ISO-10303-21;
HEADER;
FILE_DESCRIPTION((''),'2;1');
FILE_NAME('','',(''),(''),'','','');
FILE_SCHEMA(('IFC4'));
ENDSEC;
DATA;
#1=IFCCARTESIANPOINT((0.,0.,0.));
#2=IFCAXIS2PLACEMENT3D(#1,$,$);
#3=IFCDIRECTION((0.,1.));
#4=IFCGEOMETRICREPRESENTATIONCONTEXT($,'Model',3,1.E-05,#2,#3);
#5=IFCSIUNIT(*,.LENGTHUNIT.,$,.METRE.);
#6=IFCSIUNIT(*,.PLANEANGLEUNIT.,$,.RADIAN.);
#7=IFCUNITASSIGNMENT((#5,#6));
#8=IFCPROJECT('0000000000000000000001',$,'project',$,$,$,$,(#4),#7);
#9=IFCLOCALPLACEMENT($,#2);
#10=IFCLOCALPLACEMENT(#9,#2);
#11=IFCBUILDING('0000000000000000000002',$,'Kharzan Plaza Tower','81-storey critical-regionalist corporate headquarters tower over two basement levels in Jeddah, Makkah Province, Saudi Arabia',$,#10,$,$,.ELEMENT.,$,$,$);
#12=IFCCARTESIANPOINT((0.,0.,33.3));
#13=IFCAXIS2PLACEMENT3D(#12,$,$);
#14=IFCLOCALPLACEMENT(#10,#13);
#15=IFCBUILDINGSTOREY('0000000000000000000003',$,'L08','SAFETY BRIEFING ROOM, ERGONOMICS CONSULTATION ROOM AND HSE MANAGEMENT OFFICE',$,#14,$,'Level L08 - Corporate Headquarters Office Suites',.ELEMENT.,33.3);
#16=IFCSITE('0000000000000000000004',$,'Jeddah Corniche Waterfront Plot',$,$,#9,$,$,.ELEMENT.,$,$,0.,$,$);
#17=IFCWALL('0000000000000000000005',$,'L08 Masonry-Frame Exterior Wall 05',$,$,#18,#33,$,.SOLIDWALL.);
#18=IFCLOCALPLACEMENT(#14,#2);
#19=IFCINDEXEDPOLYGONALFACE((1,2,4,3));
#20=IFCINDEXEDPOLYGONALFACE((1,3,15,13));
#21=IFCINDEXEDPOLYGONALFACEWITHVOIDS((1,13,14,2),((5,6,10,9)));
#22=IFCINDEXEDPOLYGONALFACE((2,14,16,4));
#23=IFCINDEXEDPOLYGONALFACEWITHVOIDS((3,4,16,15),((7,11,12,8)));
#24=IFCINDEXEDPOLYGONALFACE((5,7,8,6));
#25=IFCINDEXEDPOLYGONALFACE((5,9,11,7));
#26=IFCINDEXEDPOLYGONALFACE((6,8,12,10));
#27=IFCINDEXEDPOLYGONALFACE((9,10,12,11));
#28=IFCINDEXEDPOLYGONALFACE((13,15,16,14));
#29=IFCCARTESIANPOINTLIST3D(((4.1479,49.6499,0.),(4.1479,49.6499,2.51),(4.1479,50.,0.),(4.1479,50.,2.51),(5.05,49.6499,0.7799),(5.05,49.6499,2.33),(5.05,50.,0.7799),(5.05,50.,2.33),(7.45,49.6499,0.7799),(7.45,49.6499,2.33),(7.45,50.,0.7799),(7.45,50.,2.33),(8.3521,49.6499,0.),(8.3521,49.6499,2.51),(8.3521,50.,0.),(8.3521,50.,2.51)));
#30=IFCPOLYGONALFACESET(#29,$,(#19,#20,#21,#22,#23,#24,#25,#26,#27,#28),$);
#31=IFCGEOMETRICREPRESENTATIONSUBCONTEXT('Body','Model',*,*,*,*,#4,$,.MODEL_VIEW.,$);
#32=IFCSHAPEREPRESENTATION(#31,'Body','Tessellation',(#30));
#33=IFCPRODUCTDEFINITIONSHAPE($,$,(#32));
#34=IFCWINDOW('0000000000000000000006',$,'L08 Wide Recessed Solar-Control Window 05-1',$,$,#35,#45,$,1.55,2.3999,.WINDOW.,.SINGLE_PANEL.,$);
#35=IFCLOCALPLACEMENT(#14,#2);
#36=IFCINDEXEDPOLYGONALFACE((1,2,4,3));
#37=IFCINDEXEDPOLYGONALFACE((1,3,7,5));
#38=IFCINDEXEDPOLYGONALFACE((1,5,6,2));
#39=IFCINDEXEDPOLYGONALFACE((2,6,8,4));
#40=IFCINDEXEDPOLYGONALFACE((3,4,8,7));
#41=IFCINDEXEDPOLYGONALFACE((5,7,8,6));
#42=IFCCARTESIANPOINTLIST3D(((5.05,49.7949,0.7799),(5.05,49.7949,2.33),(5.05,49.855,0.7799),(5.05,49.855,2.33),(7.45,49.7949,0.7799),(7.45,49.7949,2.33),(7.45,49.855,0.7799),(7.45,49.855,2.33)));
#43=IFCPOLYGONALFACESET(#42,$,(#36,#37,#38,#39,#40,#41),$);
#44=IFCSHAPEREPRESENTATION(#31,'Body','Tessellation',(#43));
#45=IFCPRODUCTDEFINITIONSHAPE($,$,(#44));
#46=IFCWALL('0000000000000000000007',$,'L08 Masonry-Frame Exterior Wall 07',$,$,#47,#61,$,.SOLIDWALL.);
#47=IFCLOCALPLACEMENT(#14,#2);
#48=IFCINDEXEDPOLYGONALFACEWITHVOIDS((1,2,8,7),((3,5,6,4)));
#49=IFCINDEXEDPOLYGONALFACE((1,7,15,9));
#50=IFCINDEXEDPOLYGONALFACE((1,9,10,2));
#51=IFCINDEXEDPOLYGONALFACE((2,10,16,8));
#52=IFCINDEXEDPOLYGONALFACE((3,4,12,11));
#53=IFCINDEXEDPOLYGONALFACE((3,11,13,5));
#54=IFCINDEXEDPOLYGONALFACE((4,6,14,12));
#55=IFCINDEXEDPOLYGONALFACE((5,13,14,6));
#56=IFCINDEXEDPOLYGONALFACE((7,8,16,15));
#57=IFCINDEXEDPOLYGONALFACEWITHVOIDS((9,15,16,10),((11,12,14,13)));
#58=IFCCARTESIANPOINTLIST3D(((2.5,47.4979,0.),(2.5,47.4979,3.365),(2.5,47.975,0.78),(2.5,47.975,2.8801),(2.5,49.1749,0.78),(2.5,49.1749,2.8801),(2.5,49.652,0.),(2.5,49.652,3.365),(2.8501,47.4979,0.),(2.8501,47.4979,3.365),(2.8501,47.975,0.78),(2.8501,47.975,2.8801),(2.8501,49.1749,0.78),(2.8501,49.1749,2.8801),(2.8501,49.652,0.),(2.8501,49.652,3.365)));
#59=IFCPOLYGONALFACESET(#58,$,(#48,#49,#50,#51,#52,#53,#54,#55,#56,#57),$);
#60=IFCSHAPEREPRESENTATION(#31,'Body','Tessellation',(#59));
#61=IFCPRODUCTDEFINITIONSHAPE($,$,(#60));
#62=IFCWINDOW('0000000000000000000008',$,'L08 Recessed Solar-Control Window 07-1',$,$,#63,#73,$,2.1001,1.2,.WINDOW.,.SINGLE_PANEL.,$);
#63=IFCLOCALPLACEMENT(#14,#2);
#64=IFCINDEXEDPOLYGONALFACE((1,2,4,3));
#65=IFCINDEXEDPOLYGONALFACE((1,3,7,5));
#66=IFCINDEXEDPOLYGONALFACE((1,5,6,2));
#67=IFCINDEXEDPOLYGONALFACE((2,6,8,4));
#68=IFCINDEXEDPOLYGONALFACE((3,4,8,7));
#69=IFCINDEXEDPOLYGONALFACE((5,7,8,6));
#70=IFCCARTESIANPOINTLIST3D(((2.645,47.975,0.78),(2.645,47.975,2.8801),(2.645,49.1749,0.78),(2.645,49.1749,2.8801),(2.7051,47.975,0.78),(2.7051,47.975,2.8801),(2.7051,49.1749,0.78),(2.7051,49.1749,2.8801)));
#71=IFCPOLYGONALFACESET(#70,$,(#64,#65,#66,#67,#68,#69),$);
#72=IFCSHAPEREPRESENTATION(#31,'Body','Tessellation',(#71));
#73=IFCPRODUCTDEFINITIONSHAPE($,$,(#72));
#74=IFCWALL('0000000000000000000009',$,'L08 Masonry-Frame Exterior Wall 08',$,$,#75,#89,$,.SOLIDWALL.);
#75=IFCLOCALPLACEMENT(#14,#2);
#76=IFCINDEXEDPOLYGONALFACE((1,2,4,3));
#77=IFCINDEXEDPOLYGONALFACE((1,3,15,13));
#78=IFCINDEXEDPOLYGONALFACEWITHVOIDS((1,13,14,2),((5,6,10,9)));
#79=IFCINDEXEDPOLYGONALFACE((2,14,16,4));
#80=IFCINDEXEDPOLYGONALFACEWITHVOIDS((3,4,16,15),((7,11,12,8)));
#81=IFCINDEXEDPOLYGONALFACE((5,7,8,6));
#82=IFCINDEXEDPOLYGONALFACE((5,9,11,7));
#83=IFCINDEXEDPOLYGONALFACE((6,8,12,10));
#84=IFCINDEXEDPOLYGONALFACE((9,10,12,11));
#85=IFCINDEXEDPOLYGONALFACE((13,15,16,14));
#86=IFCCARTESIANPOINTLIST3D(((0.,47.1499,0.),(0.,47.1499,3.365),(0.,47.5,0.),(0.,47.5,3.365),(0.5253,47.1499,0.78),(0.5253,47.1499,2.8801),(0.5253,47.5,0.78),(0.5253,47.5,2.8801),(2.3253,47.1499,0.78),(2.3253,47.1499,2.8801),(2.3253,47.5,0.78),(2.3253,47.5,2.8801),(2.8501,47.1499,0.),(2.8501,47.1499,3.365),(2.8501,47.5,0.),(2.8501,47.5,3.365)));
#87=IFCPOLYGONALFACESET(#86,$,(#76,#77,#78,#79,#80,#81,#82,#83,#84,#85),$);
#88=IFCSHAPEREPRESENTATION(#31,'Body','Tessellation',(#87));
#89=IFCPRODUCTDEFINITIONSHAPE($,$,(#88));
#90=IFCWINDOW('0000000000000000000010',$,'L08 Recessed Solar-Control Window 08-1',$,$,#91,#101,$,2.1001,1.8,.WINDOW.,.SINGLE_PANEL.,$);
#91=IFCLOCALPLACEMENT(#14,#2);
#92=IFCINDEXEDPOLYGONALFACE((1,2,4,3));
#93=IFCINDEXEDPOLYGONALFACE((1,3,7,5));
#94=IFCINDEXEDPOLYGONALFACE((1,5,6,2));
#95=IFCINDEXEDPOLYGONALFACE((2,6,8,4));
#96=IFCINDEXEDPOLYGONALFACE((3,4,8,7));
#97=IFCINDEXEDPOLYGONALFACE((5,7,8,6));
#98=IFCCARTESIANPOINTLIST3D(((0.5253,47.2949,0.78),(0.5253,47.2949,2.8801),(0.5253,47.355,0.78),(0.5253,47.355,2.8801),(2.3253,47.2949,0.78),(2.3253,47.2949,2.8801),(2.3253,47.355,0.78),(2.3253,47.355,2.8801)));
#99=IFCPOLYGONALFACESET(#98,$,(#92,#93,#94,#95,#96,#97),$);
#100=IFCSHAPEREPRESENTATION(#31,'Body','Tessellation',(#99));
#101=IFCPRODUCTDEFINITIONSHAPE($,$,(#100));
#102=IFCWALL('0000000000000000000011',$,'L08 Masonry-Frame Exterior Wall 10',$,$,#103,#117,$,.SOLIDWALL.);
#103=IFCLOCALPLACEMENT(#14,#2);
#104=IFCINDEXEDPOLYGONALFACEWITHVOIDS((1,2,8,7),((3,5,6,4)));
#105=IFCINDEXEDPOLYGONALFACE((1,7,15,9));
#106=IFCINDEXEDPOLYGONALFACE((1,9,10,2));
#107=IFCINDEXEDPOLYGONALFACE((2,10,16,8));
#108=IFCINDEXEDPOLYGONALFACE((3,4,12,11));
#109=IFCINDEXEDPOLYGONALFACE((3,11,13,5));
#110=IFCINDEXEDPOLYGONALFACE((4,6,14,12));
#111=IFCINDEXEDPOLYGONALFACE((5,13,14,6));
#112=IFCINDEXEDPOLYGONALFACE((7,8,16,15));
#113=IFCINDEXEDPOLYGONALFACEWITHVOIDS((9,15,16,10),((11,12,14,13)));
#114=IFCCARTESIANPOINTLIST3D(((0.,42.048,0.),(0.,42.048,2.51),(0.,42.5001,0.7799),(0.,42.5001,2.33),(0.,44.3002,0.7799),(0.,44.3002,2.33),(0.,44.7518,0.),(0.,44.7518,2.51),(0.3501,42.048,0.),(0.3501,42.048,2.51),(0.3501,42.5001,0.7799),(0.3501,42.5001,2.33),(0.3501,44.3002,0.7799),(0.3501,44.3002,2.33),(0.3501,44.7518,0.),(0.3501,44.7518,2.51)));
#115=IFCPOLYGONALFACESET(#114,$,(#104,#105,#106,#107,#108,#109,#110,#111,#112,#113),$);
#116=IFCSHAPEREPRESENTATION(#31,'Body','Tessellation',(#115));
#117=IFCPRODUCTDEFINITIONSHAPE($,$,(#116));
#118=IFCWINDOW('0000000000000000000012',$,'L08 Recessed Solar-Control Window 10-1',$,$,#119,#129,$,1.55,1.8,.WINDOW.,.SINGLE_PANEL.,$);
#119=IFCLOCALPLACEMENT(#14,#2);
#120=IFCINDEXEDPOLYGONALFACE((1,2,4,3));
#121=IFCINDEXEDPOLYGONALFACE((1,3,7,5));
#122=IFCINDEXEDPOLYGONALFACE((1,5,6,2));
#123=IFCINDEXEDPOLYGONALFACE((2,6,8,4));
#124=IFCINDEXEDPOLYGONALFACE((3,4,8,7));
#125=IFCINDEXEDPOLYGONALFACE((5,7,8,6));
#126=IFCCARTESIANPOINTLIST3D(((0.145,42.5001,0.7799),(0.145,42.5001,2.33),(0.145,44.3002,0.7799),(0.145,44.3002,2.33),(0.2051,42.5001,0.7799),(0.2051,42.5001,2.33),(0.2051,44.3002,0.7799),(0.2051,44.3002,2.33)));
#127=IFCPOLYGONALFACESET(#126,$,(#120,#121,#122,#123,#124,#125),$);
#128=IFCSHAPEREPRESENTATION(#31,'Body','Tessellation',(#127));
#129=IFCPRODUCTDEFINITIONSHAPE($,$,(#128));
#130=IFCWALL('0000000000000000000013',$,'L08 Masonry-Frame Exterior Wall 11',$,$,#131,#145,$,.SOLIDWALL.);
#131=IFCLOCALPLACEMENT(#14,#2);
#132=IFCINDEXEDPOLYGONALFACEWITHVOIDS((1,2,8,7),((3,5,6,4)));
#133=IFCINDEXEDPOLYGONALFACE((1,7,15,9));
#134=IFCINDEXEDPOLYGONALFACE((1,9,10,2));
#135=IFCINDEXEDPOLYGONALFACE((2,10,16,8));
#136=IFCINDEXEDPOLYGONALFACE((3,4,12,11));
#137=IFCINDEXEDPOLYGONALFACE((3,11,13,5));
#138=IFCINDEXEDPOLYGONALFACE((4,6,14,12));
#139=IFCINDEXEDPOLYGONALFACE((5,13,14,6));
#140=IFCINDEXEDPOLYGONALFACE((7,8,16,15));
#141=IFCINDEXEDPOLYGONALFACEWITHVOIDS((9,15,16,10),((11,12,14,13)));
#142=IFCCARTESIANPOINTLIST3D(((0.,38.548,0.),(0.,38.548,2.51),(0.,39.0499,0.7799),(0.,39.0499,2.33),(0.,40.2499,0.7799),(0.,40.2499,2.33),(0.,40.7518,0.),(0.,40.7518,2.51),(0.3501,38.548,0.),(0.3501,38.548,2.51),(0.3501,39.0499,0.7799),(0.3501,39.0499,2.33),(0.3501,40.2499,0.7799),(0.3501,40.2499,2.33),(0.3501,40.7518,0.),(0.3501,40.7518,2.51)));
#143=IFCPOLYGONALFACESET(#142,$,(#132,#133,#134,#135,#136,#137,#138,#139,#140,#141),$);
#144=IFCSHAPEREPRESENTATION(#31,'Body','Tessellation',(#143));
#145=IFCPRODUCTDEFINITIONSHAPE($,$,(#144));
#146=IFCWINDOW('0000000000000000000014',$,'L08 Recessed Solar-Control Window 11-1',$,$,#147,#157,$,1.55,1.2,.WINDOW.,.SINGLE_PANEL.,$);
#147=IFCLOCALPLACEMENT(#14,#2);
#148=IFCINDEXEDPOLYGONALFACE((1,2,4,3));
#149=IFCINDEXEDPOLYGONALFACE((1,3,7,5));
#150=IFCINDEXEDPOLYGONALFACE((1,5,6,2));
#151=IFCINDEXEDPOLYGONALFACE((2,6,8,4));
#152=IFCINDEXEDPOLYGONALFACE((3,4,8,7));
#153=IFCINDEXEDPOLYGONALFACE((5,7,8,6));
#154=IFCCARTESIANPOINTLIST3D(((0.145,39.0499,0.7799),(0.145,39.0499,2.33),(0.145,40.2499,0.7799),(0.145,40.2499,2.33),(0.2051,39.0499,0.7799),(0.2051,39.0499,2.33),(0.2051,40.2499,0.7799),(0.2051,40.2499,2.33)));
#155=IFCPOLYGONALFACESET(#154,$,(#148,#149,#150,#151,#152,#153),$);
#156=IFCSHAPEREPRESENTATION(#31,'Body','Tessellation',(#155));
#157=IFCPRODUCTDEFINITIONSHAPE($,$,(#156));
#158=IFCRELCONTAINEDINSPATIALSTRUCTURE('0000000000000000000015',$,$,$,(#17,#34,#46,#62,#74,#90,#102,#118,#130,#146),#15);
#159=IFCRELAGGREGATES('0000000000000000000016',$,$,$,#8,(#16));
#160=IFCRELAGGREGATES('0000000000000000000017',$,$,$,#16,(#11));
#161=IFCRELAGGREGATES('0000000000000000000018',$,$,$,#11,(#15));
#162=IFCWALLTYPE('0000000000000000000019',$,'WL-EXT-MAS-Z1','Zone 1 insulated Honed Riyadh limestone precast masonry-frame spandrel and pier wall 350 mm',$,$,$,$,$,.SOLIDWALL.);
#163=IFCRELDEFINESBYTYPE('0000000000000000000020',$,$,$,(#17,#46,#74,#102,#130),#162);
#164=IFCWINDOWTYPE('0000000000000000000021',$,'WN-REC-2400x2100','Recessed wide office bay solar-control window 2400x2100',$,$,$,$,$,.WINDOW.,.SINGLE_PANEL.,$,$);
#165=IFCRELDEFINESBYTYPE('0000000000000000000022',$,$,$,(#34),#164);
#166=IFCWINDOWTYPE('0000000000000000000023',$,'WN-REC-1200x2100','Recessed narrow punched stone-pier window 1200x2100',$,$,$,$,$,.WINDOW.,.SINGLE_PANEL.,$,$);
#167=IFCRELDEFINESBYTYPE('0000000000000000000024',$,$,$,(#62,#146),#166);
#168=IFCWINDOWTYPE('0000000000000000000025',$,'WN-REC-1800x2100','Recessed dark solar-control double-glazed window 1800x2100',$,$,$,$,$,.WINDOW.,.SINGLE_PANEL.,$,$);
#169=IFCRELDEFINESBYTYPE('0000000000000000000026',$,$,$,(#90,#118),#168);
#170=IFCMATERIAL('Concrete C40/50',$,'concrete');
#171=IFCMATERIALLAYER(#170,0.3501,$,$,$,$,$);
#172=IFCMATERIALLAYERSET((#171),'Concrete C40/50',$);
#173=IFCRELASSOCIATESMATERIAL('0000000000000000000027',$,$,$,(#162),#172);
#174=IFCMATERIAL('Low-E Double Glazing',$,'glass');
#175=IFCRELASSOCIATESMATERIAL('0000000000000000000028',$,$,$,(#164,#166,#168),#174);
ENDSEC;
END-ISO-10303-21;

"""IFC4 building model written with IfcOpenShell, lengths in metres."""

from ifc_helpers import new_model, si_unit, direction, frame, frame_2d, origin, place, context, subcontext, project, spatial, rectangle, extrude, source, transform, mapped, material, layer, layer_set, type_object, element, fill, save


model = new_model("IFC4")

# Units and contexts
model_context = context("Model", 3, precision=1e-05, world=origin(), true_north=direction((0.0, 1.0)))
body_context = subcontext(model_context, "Body", "Model", "MODEL_VIEW")
ifc_project = project(units=[si_unit("LENGTHUNIT", "METRE"), si_unit("PLANEANGLEUNIT", "RADIAN")], contexts=[model_context])

# Site, building, storey
site_placement = place(None, origin())
site = spatial("IfcSite", under=ifc_project, at=site_placement, Name="Jeddah Corniche Waterfront Plot", CompositionType="ELEMENT", RefElevation=0.0)
building_placement = place(site_placement, origin())
building = spatial("IfcBuilding", under=site, at=building_placement, Name="Kharzan Plaza Tower", Description="81-storey critical-regionalist corporate headquarters tower over two basement levels in Jeddah, Makkah Province, Saudi Arabia", CompositionType="ELEMENT")
storey_placement = place(building_placement, frame((0.0, 0.0, 33.3)))
storey = spatial("IfcBuildingStorey", under=building, at=storey_placement, Name="L08", Description="SAFETY BRIEFING ROOM, ERGONOMICS CONSULTATION ROOM AND HSE MANAGEMENT OFFICE", LongName="Level L08 - Corporate Headquarters Office Suites", CompositionType="ELEMENT", Elevation=33.3)

# Walls, openings, windows
ifc_material_1 = material(Name="Concrete C40/50", Category="concrete")
ifc_layer_1 = layer(ifc_material_1, 0.3501)
ifc_layer_set_1 = layer_set([ifc_layer_1], Name="Concrete C40/50")
wall_type_1 = type_object("IfcWallType", Name="WL-EXT-MAS-Z1", Description="Zone 1 insulated Honed Riyadh limestone precast masonry-frame spandrel and pier wall 350 mm", PredefinedType="SOLIDWALL", material=ifc_layer_set_1)
wall_1_placement = place(storey_placement, frame((8.3521, 49.825, 0.0), z_axis=(0.0, 0.0, 1.0), x_axis=(-1.0, 0.0, 0.0)))
wall_1 = element("IfcWall", 1, at=wall_1_placement, inside=storey, type_object=wall_type_1, Name="L08 Masonry-Frame Exterior Wall 05", PredefinedType="SOLIDWALL", context=body_context, shape_type="SweptSolid", body=[
    extrude(rectangle(XDim=4.2041, YDim=0.3501, at=frame_2d((2.1021, 0.0))), origin(), (0.0, 0.0, 1.0), 2.51),
])
opening_1_placement = place(wall_1_placement, frame((0.9021, 0.0, 0.78)))
opening_1 = element("IfcOpeningElement", 2, at=opening_1_placement, cuts=wall_1, PredefinedType="OPENING", context=body_context, shape_type="SweptSolid", body=[
    extrude(rectangle(XDim=2.3999, YDim=1.55, at=frame_2d((1.2, 0.7749))), frame((0.0, 0.1851, 0.0), z_axis=(0.0, -1.0, 0.0), x_axis=(1.0, 0.0, 0.0)), (0.0, 0.0, 1.0), 0.3701),
])
ifc_material_2 = material(Name="Low-E Double Glazing", Category="glass")
window_type_1 = type_object("IfcWindowType", Name="WN-REC-2400x2100", Description="Recessed wide office bay solar-control window 2400x2100", PartitioningType="SINGLE_PANEL", PredefinedType="WINDOW", material=ifc_material_2)
shared_shape_1 = source(origin(), body_context, "Body", "SweptSolid", [
    extrude(rectangle(XDim=2.3999, YDim=1.55, at=frame_2d((1.2, 0.7749))), frame((0.0, 0.03, 0.0), z_axis=(0.0, -1.0, 0.0), x_axis=(1.0, 0.0, 0.0)), (0.0, 0.0, 1.0), 0.0601),
])
window_1_placement = place(opening_1_placement, origin())
window_1 = element("IfcWindow", 3, at=window_1_placement, inside=storey, type_object=window_type_1, Name="L08 Wide Recessed Solar-Control Window 05-1", OverallHeight=1.55, OverallWidth=2.3999, PartitioningType="SINGLE_PANEL", PredefinedType="WINDOW", context=body_context, shape_type="MappedRepresentation", body=[
    mapped(shared_shape_1, transform((0.0, 0.0, 0.0), x_axis=(1.0, 0.0, 0.0), y_axis=(0.0, 1.0, 0.0), z_axis=(0.0, 0.0, 1.0))),
])
fill(opening_1, window_1)
wall_2_placement = place(storey_placement, frame((2.675, 49.6521, 0.0), z_axis=(0.0, 0.0, 1.0), x_axis=(0.0, -1.0, 0.0)))
wall_2 = element("IfcWall", 4, at=wall_2_placement, inside=storey, type_object=wall_type_1, Name="L08 Masonry-Frame Exterior Wall 07", PredefinedType="SOLIDWALL", context=body_context, shape_type="SweptSolid", body=[
    extrude(rectangle(XDim=2.1541, YDim=0.3501, at=frame_2d((1.0771, 0.0))), origin(), (0.0, 0.0, 1.0), 3.365),
])
opening_2_placement = place(wall_2_placement, frame((0.4771, 0.0, 0.78)))
opening_2 = element("IfcOpeningElement", 5, at=opening_2_placement, cuts=wall_2, PredefinedType="OPENING", context=body_context, shape_type="SweptSolid", body=[
    extrude(rectangle(XDim=1.2, YDim=2.1001, at=frame_2d((0.6001, 1.05))), frame((0.0, 0.1851, 0.0), z_axis=(0.0, -1.0, 0.0), x_axis=(1.0, 0.0, 0.0)), (0.0, 0.0, 1.0), 0.3701),
])
window_type_2 = type_object("IfcWindowType", Name="WN-REC-1200x2100", Description="Recessed narrow punched stone-pier window 1200x2100", PartitioningType="SINGLE_PANEL", PredefinedType="WINDOW", material=ifc_material_2)
shared_shape_2 = source(origin(), body_context, "Body", "SweptSolid", [
    extrude(rectangle(XDim=1.2, YDim=2.1001, at=frame_2d((0.6001, 1.05))), frame((0.0, 0.03, 0.0), z_axis=(0.0, -1.0, 0.0), x_axis=(1.0, 0.0, 0.0)), (0.0, 0.0, 1.0), 0.0601),
])
window_2_placement = place(opening_2_placement, origin())
window_2 = element("IfcWindow", 6, at=window_2_placement, inside=storey, type_object=window_type_2, Name="L08 Recessed Solar-Control Window 07-1", OverallHeight=2.1001, OverallWidth=1.2, PartitioningType="SINGLE_PANEL", PredefinedType="WINDOW", context=body_context, shape_type="MappedRepresentation", body=[
    mapped(shared_shape_2, transform((0.0, 0.0, 0.0), x_axis=(1.0, 0.0, 0.0), y_axis=(0.0, 1.0, 0.0), z_axis=(0.0, 0.0, 1.0))),
])
fill(opening_2, window_2)
wall_3_placement = place(storey_placement, frame((2.8501, 47.325, 0.0), z_axis=(0.0, 0.0, 1.0), x_axis=(-1.0, 0.0, 0.0)))
wall_3 = element("IfcWall", 7, at=wall_3_placement, inside=storey, type_object=wall_type_1, Name="L08 Masonry-Frame Exterior Wall 08", PredefinedType="SOLIDWALL", context=body_context, shape_type="SweptSolid", body=[
    extrude(rectangle(XDim=2.8501, YDim=0.3501, at=frame_2d((1.425, 0.0))), origin(), (0.0, 0.0, 1.0), 3.365),
])
opening_3_placement = place(wall_3_placement, frame((0.5249, 0.0, 0.78)))
opening_3 = element("IfcOpeningElement", 8, at=opening_3_placement, cuts=wall_3, PredefinedType="OPENING", context=body_context, shape_type="SweptSolid", body=[
    extrude(rectangle(XDim=1.8, YDim=2.1001, at=frame_2d((0.8999, 1.05))), frame((0.0, 0.1851, 0.0), z_axis=(0.0, -1.0, 0.0), x_axis=(1.0, 0.0, 0.0)), (0.0, 0.0, 1.0), 0.3701),
])
window_type_3 = type_object("IfcWindowType", Name="WN-REC-1800x2100", Description="Recessed dark solar-control double-glazed window 1800x2100", PartitioningType="SINGLE_PANEL", PredefinedType="WINDOW", material=ifc_material_2)
shared_shape_3 = source(origin(), body_context, "Body", "SweptSolid", [
    extrude(rectangle(XDim=1.8, YDim=2.1001, at=frame_2d((0.8999, 1.05))), frame((0.0, 0.03, 0.0), z_axis=(0.0, -1.0, 0.0), x_axis=(1.0, 0.0, 0.0)), (0.0, 0.0, 1.0), 0.0601),
])
window_3_placement = place(opening_3_placement, origin())
window_3 = element("IfcWindow", 9, at=window_3_placement, inside=storey, type_object=window_type_3, Name="L08 Recessed Solar-Control Window 08-1", OverallHeight=2.1001, OverallWidth=1.8, PartitioningType="SINGLE_PANEL", PredefinedType="WINDOW", context=body_context, shape_type="MappedRepresentation", body=[
    mapped(shared_shape_3, transform((0.0, 0.0, 0.0), x_axis=(1.0, 0.0, 0.0), y_axis=(0.0, 1.0, 0.0), z_axis=(0.0, 0.0, 1.0))),
])
fill(opening_3, window_3)
wall_4_placement = place(storey_placement, frame((0.175, 44.752, 0.0), z_axis=(0.0, 0.0, 1.0), x_axis=(0.0, -1.0, 0.0)))
wall_4 = element("IfcWall", 10, at=wall_4_placement, inside=storey, type_object=wall_type_1, Name="L08 Masonry-Frame Exterior Wall 10", PredefinedType="SOLIDWALL", context=body_context, shape_type="SweptSolid", body=[
    extrude(rectangle(XDim=2.7039, YDim=0.3501, at=frame_2d((1.3521, 0.0))), origin(), (0.0, 0.0, 1.0), 2.51),
])
opening_4_placement = place(wall_4_placement, frame((0.4519, 0.0, 0.78)))
opening_4 = element("IfcOpeningElement", 11, at=opening_4_placement, cuts=wall_4, PredefinedType="OPENING", context=body_context, shape_type="SweptSolid", body=[
    extrude(rectangle(XDim=1.8, YDim=1.55, at=frame_2d((0.8999, 0.7749))), frame((0.0, 0.1851, 0.0), z_axis=(0.0, -1.0, 0.0), x_axis=(1.0, 0.0, 0.0)), (0.0, 0.0, 1.0), 0.3701),
])
shared_shape_4 = source(origin(), body_context, "Body", "SweptSolid", [
    extrude(rectangle(XDim=1.8, YDim=1.55, at=frame_2d((0.8999, 0.7749))), frame((0.0, 0.03, 0.0), z_axis=(0.0, -1.0, 0.0), x_axis=(1.0, 0.0, 0.0)), (0.0, 0.0, 1.0), 0.0601),
])
window_4_placement = place(opening_4_placement, origin())
window_4 = element("IfcWindow", 12, at=window_4_placement, inside=storey, type_object=window_type_3, Name="L08 Recessed Solar-Control Window 10-1", OverallHeight=1.55, OverallWidth=1.8, PartitioningType="SINGLE_PANEL", PredefinedType="WINDOW", context=body_context, shape_type="MappedRepresentation", body=[
    mapped(shared_shape_4, transform((0.0, 0.0, 0.0), x_axis=(1.0, 0.0, 0.0), y_axis=(0.0, 1.0, 0.0), z_axis=(0.0, 0.0, 1.0))),
])
fill(opening_4, window_4)
wall_5_placement = place(storey_placement, frame((0.175, 40.752, 0.0), z_axis=(0.0, 0.0, 1.0), x_axis=(0.0, -1.0, 0.0)))
wall_5 = element("IfcWall", 13, at=wall_5_placement, inside=storey, type_object=wall_type_1, Name="L08 Masonry-Frame Exterior Wall 11", PredefinedType="SOLIDWALL", context=body_context, shape_type="SweptSolid", body=[
    extrude(rectangle(XDim=2.2039, YDim=0.3501, at=frame_2d((1.1021, 0.0))), origin(), (0.0, 0.0, 1.0), 2.51),
])
opening_5_placement = place(wall_5_placement, frame((0.502, 0.0, 0.78)))
opening_5 = element("IfcOpeningElement", 14, at=opening_5_placement, cuts=wall_5, PredefinedType="OPENING", context=body_context, shape_type="SweptSolid", body=[
    extrude(rectangle(XDim=1.2, YDim=1.55, at=frame_2d((0.6001, 0.7749))), frame((0.0, 0.1851, 0.0), z_axis=(0.0, -1.0, 0.0), x_axis=(1.0, 0.0, 0.0)), (0.0, 0.0, 1.0), 0.3701),
])
shared_shape_5 = source(origin(), body_context, "Body", "SweptSolid", [
    extrude(rectangle(XDim=1.2, YDim=1.55, at=frame_2d((0.6001, 0.7749))), frame((0.0, 0.03, 0.0), z_axis=(0.0, -1.0, 0.0), x_axis=(1.0, 0.0, 0.0)), (0.0, 0.0, 1.0), 0.0601),
])
window_5_placement = place(opening_5_placement, origin())
window_5 = element("IfcWindow", 15, at=window_5_placement, inside=storey, type_object=window_type_2, Name="L08 Recessed Solar-Control Window 11-1", OverallHeight=1.55, OverallWidth=1.2, PartitioningType="SINGLE_PANEL", PredefinedType="WINDOW", context=body_context, shape_type="MappedRepresentation", body=[
    mapped(shared_shape_5, transform((0.0, 0.0, 0.0), x_axis=(1.0, 0.0, 0.0), y_axis=(0.0, 1.0, 0.0), z_axis=(0.0, 0.0, 1.0))),
])
fill(opening_5, window_5)

save(model, "model.ifc")
